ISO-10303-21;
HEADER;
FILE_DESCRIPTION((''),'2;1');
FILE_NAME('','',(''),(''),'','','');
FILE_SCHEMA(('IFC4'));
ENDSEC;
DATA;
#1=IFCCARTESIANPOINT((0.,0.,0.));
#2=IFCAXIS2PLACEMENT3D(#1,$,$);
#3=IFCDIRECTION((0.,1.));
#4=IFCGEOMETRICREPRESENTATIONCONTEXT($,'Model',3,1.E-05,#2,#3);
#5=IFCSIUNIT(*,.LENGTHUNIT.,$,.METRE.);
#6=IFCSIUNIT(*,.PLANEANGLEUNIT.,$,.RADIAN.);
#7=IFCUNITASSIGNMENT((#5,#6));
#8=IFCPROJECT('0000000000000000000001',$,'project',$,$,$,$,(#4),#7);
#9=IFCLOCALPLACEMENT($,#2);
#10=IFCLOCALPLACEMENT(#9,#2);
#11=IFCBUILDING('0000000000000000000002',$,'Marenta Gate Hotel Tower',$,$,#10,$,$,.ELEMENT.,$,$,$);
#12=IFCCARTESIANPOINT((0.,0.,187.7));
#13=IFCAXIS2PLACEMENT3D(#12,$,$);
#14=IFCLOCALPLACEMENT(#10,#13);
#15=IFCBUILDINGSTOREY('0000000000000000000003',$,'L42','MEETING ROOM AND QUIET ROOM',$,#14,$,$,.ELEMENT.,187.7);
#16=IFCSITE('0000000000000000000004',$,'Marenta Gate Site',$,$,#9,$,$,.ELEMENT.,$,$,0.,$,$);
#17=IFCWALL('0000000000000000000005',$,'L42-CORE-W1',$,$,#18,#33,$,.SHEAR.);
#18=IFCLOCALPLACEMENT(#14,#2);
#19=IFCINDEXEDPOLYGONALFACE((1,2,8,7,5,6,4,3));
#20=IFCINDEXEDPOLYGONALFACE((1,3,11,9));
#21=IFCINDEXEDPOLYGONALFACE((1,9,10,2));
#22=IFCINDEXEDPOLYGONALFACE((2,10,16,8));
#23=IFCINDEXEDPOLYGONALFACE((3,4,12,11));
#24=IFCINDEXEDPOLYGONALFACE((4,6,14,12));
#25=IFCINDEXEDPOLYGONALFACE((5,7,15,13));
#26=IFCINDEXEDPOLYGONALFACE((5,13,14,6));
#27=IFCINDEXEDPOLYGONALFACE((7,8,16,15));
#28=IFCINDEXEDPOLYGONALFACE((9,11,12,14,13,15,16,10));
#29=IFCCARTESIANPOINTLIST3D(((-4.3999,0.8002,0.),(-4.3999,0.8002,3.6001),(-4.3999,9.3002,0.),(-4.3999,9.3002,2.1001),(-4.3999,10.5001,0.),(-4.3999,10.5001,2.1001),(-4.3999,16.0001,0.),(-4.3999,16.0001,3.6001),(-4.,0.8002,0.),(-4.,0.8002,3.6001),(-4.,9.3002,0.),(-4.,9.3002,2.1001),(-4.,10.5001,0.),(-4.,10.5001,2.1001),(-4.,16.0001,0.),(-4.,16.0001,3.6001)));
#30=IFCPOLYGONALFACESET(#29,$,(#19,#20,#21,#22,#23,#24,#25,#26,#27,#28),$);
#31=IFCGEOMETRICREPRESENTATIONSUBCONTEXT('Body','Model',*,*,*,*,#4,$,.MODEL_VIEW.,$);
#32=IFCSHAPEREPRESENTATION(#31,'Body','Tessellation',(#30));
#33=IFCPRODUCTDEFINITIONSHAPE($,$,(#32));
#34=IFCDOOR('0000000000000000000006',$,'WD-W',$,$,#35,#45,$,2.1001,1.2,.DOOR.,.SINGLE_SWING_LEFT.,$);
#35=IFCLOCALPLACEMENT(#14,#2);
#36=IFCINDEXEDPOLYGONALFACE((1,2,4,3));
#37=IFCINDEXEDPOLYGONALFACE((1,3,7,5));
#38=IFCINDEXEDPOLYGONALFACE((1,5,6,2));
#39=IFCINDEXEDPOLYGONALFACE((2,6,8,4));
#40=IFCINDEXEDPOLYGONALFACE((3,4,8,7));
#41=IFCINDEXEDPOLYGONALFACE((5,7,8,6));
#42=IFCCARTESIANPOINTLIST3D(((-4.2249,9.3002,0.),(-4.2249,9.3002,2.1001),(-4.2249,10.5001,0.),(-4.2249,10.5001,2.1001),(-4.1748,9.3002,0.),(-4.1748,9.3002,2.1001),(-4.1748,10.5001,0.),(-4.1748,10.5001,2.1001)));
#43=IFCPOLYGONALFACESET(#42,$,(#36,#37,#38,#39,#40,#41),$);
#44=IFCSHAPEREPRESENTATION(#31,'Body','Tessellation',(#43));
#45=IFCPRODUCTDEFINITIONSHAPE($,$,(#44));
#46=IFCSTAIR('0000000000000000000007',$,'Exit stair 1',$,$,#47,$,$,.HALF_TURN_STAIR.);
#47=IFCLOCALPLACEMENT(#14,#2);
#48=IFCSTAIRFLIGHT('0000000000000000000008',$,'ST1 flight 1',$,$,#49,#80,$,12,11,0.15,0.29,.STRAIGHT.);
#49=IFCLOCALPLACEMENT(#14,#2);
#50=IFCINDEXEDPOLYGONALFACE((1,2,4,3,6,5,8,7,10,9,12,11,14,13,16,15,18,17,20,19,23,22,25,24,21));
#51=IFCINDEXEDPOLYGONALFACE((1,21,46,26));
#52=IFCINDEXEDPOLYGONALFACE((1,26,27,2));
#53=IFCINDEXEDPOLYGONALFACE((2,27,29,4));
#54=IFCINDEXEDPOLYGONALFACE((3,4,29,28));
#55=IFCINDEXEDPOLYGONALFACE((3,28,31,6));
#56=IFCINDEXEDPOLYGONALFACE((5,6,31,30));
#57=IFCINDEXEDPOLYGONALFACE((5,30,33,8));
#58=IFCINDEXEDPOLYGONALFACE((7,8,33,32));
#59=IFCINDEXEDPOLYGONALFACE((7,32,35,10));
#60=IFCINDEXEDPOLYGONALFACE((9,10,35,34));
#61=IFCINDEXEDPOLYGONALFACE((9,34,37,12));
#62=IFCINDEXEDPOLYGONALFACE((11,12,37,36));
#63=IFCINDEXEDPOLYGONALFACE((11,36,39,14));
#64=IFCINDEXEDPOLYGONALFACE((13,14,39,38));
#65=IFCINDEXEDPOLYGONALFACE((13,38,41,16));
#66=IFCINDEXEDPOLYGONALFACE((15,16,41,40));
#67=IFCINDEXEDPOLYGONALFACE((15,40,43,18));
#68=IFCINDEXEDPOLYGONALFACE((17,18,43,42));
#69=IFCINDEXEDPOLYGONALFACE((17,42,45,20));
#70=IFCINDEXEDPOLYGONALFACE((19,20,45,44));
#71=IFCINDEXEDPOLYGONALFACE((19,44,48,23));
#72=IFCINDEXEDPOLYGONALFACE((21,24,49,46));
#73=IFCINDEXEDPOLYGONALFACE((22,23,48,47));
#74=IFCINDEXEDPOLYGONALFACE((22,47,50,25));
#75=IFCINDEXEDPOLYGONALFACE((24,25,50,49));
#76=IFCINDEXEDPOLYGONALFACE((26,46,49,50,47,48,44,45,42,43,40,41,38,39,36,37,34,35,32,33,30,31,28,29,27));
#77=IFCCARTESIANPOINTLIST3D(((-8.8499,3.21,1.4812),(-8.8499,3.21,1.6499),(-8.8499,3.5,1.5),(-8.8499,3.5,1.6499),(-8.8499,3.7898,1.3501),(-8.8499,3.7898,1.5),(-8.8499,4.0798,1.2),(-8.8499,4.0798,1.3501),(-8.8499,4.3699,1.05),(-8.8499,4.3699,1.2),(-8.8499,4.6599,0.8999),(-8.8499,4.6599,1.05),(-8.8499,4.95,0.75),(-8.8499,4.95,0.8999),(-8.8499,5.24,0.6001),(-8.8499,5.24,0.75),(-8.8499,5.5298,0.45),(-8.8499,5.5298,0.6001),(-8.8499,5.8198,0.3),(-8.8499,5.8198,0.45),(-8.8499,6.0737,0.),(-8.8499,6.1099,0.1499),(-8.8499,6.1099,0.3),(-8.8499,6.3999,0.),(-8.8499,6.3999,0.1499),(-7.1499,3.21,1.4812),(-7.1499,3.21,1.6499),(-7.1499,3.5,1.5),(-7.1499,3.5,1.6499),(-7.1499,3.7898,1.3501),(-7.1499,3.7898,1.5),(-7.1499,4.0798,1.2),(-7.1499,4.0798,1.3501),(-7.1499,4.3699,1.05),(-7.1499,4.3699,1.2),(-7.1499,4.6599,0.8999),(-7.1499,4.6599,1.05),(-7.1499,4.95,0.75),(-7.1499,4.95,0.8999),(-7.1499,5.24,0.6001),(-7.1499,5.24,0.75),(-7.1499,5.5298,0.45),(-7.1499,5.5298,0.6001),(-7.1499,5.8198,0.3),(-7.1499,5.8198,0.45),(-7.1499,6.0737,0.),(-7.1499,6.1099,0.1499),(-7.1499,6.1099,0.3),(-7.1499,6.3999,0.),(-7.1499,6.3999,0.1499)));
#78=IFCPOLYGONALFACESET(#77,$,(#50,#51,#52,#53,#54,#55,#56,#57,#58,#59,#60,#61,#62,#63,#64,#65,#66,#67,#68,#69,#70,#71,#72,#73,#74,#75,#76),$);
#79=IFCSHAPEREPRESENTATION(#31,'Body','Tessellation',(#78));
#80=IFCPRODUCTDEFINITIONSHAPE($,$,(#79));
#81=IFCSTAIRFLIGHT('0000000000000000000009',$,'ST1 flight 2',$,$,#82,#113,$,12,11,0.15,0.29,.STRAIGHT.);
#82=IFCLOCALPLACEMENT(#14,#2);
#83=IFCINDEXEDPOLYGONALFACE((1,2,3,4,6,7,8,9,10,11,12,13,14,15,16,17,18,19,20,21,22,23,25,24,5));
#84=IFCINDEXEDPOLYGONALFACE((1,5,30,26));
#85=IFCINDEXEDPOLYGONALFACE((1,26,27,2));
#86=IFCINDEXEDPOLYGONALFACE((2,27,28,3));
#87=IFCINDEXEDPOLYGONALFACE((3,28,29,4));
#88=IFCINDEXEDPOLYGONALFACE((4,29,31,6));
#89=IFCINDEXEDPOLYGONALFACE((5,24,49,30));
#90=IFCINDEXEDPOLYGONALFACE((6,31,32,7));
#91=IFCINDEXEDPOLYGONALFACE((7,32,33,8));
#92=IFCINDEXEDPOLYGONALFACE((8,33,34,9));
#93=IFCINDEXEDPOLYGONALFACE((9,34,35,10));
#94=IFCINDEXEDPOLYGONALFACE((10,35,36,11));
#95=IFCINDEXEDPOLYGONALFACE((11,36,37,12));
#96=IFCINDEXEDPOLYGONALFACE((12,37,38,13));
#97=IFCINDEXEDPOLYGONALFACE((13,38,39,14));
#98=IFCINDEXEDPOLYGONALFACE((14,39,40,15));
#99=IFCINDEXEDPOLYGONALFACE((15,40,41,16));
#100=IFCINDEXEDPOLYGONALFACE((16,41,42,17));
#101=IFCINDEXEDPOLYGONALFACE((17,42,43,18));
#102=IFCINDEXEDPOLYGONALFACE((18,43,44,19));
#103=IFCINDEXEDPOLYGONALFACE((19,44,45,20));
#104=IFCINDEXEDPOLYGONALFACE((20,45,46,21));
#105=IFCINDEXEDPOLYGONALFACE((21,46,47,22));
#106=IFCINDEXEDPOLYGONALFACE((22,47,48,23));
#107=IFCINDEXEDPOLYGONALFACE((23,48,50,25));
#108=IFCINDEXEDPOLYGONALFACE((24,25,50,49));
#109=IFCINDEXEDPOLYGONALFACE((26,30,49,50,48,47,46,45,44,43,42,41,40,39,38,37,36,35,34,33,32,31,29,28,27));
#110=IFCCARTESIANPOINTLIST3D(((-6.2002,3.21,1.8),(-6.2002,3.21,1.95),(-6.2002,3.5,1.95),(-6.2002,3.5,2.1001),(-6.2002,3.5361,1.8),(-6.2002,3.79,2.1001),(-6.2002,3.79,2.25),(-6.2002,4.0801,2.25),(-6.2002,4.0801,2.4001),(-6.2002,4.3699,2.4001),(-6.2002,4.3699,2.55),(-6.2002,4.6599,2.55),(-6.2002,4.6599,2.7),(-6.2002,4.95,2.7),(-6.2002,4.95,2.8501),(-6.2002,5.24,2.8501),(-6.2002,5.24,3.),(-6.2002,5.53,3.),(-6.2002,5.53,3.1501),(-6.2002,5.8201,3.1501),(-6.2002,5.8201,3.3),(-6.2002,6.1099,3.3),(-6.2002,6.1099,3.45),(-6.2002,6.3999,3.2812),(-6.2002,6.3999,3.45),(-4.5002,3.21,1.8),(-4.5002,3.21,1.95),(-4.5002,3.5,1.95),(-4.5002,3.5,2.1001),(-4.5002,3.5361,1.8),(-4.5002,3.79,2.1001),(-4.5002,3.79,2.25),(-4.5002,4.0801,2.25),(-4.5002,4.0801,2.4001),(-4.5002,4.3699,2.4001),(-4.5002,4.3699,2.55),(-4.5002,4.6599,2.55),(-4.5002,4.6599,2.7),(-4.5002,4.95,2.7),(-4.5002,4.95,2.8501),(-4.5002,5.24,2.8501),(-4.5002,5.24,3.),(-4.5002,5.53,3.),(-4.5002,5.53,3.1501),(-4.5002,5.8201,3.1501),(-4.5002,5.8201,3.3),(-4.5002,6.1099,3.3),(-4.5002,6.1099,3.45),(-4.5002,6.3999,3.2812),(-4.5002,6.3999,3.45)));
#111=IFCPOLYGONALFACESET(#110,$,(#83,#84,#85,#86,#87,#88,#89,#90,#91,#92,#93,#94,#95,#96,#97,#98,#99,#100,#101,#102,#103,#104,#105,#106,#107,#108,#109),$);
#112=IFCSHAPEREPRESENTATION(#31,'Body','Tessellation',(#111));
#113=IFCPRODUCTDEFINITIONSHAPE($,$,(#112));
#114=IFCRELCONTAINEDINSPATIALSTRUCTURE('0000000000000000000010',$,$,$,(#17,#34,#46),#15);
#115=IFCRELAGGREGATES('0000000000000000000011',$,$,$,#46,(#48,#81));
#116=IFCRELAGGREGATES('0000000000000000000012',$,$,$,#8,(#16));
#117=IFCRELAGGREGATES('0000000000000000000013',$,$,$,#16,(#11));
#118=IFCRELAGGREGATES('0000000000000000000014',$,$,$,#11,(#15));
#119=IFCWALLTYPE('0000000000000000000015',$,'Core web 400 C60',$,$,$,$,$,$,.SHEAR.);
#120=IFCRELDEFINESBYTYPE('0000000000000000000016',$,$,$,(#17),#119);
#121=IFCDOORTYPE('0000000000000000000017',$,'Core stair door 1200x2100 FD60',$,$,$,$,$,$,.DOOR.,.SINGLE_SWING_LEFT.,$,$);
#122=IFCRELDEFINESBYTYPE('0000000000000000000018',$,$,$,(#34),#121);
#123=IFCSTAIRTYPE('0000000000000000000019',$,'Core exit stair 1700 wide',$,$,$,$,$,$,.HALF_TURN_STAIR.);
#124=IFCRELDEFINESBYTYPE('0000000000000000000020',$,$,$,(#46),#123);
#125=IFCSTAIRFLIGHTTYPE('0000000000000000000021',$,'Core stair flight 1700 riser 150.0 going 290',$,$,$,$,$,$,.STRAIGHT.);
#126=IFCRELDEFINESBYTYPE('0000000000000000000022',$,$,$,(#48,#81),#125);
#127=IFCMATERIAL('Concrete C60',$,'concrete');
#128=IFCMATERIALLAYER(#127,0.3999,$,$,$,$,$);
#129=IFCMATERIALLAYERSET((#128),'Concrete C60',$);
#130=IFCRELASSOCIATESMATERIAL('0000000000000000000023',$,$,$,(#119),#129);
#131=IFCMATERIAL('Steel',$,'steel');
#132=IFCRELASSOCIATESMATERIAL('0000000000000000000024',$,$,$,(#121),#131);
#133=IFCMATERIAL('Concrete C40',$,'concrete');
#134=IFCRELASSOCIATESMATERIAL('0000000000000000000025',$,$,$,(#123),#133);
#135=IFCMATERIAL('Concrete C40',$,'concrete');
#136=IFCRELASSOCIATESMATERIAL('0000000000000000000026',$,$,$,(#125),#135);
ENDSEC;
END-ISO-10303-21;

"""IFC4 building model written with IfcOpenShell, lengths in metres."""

from ifc_helpers import new_model, si_unit, direction, frame, frame_2d, origin, place, context, subcontext, project, spatial, polyline, rectangle, outline, extrude, material, layer, layer_set, type_object, element, fill, aggregate, save


model = new_model("IFC4")

# Units and contexts
model_context = context("Model", 3, precision=1e-05, world=origin(), true_north=direction((0.0, 1.0)))
body_context = subcontext(model_context, "Body", "Model", "MODEL_VIEW")
ifc_project = project(units=[si_unit("LENGTHUNIT", "METRE"), si_unit("PLANEANGLEUNIT", "RADIAN")], contexts=[model_context])

# Site, building, storey
site_placement = place(None, origin())
site = spatial("IfcSite", under=ifc_project, at=site_placement, Name="Marenta Gate Site", CompositionType="ELEMENT", RefElevation=0.0)
building_placement = place(site_placement, origin())
building = spatial("IfcBuilding", under=site, at=building_placement, Name="Marenta Gate Hotel Tower", CompositionType="ELEMENT")
storey_placement = place(building_placement, frame((0.0, 0.0, 187.7)))
storey = spatial("IfcBuildingStorey", under=building, at=storey_placement, Name="L42", Description="MEETING ROOM AND QUIET ROOM", CompositionType="ELEMENT", Elevation=187.7)

# Wall, opening, door
ifc_material_1 = material(Name="Concrete C60", Category="concrete")
ifc_layer_1 = layer(ifc_material_1, 0.3999)
ifc_layer_set_1 = layer_set([ifc_layer_1], Name="Concrete C60")
wall_type_1 = type_object("IfcWallType", Name="Core web 400 C60", PredefinedType="SHEAR", material=ifc_layer_set_1)
wall_1_placement = place(storey_placement, frame((-4.2, 0.8, 0.0), z_axis=(0.0, 0.0, 1.0), x_axis=(0.0, 1.0, 0.0)))
wall_1 = element("IfcWall", 1, at=wall_1_placement, inside=storey, type_object=wall_type_1, Name="L42-CORE-W1", PredefinedType="SHEAR", context=body_context, shape_type="SweptSolid", body=[
    extrude(rectangle(XDim=15.2, YDim=0.3999, at=frame_2d((7.6001, 0.0))), origin(), (0.0, 0.0, 1.0), 3.6001),
])
opening_1_placement = place(wall_1_placement, frame((8.5, 0.0, 0.0)))
opening_1 = element("IfcOpeningElement", 2, at=opening_1_placement, cuts=wall_1, PredefinedType="OPENING", context=body_context, shape_type="SweptSolid", body=[
    extrude(rectangle(XDim=1.2, YDim=2.1001, at=frame_2d((0.6001, 1.05))), frame((0.0, 0.2, 0.0), z_axis=(0.0, -1.0, 0.0), x_axis=(1.0, 0.0, 0.0)), (0.0, 0.0, 1.0), 0.3999),
])
ifc_material_2 = material(Name="Steel", Category="steel")
door_type_1 = type_object("IfcDoorType", Name="Core stair door 1200x2100 FD60", OperationType="SINGLE_SWING_LEFT", PredefinedType="DOOR", material=ifc_material_2)
door_1_placement = place(opening_1_placement, origin())
door_1 = element("IfcDoor", 3, at=door_1_placement, inside=storey, type_object=door_type_1, Name="WD-W", OperationType="SINGLE_SWING_LEFT", OverallHeight=2.1001, OverallWidth=1.2, PredefinedType="DOOR", context=body_context, shape_type="SweptSolid", body=[
    extrude(rectangle(XDim=1.2, YDim=2.1001, at=frame_2d((0.6001, 1.05))), frame((0.0, 0.0249, 0.0), z_axis=(0.0, -1.0, 0.0), x_axis=(1.0, 0.0, 0.0)), (0.0, 0.0, 1.0), 0.05),
])
fill(opening_1, door_1)

# Stair, stair flights
ifc_material_3 = material(Name="Concrete C40", Category="concrete")
stair_type = type_object("IfcStairType", Name="Core exit stair 1700 wide", PredefinedType="HALF_TURN_STAIR", material=ifc_material_3)
stair_placement = place(storey_placement, origin())
stair = element("IfcStair", 4, at=stair_placement, inside=storey, type_object=stair_type, Name="Exit stair 1", PredefinedType="HALF_TURN_STAIR")
ifc_material_4 = material(Name="Concrete C40", Category="concrete")
stair_flight_type = type_object("IfcStairFlightType", Name="Core stair flight 1700 riser 150.0 going 290", PredefinedType="STRAIGHT", material=ifc_material_4)
stair_flight_1_placement = place(storey_placement, frame((-8.0, 6.3999, 0.0), z_axis=(0.0, 0.0, 1.0), x_axis=(0.0, -1.0, 0.0)))
stair_flight_1 = element("IfcStairFlight", 5, at=stair_flight_1_placement, type_object=stair_flight_type, Name="ST1 flight 1", NumberOfRisers=12, NumberOfTreads=11, PredefinedType="STRAIGHT", RiserHeight=0.15, TreadLength=0.29, context=body_context, shape_type="SweptSolid", body=[
    extrude(outline(polyline([(0.0, 0.0), (0.0, 0.1499), (0.29, 0.1499), (0.29, 0.3), (0.5801, 0.3), (0.5801, 0.45), (0.8701, 0.45), (0.8701, 0.6001), (1.1599, 0.6001), (1.1599, 0.75), (1.45, 0.75), (1.45, 0.8999), (1.74, 0.8999), (1.74, 1.05), (2.03, 1.05), (2.03, 1.2), (2.3201, 1.2), (2.3201, 1.3501), (2.6101, 1.3501), (2.6101, 1.5), (2.8999, 1.5), (2.8999, 1.6499), (3.1899, 1.6499), (3.1899, 1.8), (3.1899, 1.4812), (0.3262, 0.0), (0.0, 0.0)])), frame((0.0, 0.8501, 0.0), z_axis=(0.0, -1.0, 0.0), x_axis=(1.0, 0.0, 0.0)), (0.0, 0.0, 1.0), 1.7),
])
stair_flight_2_placement = place(storey_placement, frame((-5.3501, 3.21, 1.8), z_axis=(0.0, 0.0, 1.0), x_axis=(0.0, 1.0, 0.0)))
stair_flight_2 = element("IfcStairFlight", 6, at=stair_flight_2_placement, type_object=stair_flight_type, Name="ST1 flight 2", NumberOfRisers=12, NumberOfTreads=11, PredefinedType="STRAIGHT", RiserHeight=0.15, TreadLength=0.29, context=body_context, shape_type="SweptSolid", body=[
    extrude(outline(polyline([(0.0, 0.0), (0.0, 0.1499), (0.29, 0.1499), (0.29, 0.3), (0.5801, 0.3), (0.5801, 0.45), (0.8701, 0.45), (0.8701, 0.6001), (1.1599, 0.6001), (1.1599, 0.75), (1.45, 0.75), (1.45, 0.8999), (1.74, 0.8999), (1.74, 1.05), (2.03, 1.05), (2.03, 1.2), (2.3201, 1.2), (2.3201, 1.3501), (2.6101, 1.3501), (2.6101, 1.5), (2.8999, 1.5), (2.8999, 1.6499), (3.1899, 1.6499), (3.1899, 1.8), (3.1899, 1.4812), (0.3262, 0.0), (0.0, 0.0)])), frame((0.0, 0.8501, 0.0), z_axis=(0.0, -1.0, 0.0), x_axis=(1.0, 0.0, 0.0)), (0.0, 0.0, 1.0), 1.7),
])
aggregate(stair, [stair_flight_1, stair_flight_2])

save(model, "model.ifc")
